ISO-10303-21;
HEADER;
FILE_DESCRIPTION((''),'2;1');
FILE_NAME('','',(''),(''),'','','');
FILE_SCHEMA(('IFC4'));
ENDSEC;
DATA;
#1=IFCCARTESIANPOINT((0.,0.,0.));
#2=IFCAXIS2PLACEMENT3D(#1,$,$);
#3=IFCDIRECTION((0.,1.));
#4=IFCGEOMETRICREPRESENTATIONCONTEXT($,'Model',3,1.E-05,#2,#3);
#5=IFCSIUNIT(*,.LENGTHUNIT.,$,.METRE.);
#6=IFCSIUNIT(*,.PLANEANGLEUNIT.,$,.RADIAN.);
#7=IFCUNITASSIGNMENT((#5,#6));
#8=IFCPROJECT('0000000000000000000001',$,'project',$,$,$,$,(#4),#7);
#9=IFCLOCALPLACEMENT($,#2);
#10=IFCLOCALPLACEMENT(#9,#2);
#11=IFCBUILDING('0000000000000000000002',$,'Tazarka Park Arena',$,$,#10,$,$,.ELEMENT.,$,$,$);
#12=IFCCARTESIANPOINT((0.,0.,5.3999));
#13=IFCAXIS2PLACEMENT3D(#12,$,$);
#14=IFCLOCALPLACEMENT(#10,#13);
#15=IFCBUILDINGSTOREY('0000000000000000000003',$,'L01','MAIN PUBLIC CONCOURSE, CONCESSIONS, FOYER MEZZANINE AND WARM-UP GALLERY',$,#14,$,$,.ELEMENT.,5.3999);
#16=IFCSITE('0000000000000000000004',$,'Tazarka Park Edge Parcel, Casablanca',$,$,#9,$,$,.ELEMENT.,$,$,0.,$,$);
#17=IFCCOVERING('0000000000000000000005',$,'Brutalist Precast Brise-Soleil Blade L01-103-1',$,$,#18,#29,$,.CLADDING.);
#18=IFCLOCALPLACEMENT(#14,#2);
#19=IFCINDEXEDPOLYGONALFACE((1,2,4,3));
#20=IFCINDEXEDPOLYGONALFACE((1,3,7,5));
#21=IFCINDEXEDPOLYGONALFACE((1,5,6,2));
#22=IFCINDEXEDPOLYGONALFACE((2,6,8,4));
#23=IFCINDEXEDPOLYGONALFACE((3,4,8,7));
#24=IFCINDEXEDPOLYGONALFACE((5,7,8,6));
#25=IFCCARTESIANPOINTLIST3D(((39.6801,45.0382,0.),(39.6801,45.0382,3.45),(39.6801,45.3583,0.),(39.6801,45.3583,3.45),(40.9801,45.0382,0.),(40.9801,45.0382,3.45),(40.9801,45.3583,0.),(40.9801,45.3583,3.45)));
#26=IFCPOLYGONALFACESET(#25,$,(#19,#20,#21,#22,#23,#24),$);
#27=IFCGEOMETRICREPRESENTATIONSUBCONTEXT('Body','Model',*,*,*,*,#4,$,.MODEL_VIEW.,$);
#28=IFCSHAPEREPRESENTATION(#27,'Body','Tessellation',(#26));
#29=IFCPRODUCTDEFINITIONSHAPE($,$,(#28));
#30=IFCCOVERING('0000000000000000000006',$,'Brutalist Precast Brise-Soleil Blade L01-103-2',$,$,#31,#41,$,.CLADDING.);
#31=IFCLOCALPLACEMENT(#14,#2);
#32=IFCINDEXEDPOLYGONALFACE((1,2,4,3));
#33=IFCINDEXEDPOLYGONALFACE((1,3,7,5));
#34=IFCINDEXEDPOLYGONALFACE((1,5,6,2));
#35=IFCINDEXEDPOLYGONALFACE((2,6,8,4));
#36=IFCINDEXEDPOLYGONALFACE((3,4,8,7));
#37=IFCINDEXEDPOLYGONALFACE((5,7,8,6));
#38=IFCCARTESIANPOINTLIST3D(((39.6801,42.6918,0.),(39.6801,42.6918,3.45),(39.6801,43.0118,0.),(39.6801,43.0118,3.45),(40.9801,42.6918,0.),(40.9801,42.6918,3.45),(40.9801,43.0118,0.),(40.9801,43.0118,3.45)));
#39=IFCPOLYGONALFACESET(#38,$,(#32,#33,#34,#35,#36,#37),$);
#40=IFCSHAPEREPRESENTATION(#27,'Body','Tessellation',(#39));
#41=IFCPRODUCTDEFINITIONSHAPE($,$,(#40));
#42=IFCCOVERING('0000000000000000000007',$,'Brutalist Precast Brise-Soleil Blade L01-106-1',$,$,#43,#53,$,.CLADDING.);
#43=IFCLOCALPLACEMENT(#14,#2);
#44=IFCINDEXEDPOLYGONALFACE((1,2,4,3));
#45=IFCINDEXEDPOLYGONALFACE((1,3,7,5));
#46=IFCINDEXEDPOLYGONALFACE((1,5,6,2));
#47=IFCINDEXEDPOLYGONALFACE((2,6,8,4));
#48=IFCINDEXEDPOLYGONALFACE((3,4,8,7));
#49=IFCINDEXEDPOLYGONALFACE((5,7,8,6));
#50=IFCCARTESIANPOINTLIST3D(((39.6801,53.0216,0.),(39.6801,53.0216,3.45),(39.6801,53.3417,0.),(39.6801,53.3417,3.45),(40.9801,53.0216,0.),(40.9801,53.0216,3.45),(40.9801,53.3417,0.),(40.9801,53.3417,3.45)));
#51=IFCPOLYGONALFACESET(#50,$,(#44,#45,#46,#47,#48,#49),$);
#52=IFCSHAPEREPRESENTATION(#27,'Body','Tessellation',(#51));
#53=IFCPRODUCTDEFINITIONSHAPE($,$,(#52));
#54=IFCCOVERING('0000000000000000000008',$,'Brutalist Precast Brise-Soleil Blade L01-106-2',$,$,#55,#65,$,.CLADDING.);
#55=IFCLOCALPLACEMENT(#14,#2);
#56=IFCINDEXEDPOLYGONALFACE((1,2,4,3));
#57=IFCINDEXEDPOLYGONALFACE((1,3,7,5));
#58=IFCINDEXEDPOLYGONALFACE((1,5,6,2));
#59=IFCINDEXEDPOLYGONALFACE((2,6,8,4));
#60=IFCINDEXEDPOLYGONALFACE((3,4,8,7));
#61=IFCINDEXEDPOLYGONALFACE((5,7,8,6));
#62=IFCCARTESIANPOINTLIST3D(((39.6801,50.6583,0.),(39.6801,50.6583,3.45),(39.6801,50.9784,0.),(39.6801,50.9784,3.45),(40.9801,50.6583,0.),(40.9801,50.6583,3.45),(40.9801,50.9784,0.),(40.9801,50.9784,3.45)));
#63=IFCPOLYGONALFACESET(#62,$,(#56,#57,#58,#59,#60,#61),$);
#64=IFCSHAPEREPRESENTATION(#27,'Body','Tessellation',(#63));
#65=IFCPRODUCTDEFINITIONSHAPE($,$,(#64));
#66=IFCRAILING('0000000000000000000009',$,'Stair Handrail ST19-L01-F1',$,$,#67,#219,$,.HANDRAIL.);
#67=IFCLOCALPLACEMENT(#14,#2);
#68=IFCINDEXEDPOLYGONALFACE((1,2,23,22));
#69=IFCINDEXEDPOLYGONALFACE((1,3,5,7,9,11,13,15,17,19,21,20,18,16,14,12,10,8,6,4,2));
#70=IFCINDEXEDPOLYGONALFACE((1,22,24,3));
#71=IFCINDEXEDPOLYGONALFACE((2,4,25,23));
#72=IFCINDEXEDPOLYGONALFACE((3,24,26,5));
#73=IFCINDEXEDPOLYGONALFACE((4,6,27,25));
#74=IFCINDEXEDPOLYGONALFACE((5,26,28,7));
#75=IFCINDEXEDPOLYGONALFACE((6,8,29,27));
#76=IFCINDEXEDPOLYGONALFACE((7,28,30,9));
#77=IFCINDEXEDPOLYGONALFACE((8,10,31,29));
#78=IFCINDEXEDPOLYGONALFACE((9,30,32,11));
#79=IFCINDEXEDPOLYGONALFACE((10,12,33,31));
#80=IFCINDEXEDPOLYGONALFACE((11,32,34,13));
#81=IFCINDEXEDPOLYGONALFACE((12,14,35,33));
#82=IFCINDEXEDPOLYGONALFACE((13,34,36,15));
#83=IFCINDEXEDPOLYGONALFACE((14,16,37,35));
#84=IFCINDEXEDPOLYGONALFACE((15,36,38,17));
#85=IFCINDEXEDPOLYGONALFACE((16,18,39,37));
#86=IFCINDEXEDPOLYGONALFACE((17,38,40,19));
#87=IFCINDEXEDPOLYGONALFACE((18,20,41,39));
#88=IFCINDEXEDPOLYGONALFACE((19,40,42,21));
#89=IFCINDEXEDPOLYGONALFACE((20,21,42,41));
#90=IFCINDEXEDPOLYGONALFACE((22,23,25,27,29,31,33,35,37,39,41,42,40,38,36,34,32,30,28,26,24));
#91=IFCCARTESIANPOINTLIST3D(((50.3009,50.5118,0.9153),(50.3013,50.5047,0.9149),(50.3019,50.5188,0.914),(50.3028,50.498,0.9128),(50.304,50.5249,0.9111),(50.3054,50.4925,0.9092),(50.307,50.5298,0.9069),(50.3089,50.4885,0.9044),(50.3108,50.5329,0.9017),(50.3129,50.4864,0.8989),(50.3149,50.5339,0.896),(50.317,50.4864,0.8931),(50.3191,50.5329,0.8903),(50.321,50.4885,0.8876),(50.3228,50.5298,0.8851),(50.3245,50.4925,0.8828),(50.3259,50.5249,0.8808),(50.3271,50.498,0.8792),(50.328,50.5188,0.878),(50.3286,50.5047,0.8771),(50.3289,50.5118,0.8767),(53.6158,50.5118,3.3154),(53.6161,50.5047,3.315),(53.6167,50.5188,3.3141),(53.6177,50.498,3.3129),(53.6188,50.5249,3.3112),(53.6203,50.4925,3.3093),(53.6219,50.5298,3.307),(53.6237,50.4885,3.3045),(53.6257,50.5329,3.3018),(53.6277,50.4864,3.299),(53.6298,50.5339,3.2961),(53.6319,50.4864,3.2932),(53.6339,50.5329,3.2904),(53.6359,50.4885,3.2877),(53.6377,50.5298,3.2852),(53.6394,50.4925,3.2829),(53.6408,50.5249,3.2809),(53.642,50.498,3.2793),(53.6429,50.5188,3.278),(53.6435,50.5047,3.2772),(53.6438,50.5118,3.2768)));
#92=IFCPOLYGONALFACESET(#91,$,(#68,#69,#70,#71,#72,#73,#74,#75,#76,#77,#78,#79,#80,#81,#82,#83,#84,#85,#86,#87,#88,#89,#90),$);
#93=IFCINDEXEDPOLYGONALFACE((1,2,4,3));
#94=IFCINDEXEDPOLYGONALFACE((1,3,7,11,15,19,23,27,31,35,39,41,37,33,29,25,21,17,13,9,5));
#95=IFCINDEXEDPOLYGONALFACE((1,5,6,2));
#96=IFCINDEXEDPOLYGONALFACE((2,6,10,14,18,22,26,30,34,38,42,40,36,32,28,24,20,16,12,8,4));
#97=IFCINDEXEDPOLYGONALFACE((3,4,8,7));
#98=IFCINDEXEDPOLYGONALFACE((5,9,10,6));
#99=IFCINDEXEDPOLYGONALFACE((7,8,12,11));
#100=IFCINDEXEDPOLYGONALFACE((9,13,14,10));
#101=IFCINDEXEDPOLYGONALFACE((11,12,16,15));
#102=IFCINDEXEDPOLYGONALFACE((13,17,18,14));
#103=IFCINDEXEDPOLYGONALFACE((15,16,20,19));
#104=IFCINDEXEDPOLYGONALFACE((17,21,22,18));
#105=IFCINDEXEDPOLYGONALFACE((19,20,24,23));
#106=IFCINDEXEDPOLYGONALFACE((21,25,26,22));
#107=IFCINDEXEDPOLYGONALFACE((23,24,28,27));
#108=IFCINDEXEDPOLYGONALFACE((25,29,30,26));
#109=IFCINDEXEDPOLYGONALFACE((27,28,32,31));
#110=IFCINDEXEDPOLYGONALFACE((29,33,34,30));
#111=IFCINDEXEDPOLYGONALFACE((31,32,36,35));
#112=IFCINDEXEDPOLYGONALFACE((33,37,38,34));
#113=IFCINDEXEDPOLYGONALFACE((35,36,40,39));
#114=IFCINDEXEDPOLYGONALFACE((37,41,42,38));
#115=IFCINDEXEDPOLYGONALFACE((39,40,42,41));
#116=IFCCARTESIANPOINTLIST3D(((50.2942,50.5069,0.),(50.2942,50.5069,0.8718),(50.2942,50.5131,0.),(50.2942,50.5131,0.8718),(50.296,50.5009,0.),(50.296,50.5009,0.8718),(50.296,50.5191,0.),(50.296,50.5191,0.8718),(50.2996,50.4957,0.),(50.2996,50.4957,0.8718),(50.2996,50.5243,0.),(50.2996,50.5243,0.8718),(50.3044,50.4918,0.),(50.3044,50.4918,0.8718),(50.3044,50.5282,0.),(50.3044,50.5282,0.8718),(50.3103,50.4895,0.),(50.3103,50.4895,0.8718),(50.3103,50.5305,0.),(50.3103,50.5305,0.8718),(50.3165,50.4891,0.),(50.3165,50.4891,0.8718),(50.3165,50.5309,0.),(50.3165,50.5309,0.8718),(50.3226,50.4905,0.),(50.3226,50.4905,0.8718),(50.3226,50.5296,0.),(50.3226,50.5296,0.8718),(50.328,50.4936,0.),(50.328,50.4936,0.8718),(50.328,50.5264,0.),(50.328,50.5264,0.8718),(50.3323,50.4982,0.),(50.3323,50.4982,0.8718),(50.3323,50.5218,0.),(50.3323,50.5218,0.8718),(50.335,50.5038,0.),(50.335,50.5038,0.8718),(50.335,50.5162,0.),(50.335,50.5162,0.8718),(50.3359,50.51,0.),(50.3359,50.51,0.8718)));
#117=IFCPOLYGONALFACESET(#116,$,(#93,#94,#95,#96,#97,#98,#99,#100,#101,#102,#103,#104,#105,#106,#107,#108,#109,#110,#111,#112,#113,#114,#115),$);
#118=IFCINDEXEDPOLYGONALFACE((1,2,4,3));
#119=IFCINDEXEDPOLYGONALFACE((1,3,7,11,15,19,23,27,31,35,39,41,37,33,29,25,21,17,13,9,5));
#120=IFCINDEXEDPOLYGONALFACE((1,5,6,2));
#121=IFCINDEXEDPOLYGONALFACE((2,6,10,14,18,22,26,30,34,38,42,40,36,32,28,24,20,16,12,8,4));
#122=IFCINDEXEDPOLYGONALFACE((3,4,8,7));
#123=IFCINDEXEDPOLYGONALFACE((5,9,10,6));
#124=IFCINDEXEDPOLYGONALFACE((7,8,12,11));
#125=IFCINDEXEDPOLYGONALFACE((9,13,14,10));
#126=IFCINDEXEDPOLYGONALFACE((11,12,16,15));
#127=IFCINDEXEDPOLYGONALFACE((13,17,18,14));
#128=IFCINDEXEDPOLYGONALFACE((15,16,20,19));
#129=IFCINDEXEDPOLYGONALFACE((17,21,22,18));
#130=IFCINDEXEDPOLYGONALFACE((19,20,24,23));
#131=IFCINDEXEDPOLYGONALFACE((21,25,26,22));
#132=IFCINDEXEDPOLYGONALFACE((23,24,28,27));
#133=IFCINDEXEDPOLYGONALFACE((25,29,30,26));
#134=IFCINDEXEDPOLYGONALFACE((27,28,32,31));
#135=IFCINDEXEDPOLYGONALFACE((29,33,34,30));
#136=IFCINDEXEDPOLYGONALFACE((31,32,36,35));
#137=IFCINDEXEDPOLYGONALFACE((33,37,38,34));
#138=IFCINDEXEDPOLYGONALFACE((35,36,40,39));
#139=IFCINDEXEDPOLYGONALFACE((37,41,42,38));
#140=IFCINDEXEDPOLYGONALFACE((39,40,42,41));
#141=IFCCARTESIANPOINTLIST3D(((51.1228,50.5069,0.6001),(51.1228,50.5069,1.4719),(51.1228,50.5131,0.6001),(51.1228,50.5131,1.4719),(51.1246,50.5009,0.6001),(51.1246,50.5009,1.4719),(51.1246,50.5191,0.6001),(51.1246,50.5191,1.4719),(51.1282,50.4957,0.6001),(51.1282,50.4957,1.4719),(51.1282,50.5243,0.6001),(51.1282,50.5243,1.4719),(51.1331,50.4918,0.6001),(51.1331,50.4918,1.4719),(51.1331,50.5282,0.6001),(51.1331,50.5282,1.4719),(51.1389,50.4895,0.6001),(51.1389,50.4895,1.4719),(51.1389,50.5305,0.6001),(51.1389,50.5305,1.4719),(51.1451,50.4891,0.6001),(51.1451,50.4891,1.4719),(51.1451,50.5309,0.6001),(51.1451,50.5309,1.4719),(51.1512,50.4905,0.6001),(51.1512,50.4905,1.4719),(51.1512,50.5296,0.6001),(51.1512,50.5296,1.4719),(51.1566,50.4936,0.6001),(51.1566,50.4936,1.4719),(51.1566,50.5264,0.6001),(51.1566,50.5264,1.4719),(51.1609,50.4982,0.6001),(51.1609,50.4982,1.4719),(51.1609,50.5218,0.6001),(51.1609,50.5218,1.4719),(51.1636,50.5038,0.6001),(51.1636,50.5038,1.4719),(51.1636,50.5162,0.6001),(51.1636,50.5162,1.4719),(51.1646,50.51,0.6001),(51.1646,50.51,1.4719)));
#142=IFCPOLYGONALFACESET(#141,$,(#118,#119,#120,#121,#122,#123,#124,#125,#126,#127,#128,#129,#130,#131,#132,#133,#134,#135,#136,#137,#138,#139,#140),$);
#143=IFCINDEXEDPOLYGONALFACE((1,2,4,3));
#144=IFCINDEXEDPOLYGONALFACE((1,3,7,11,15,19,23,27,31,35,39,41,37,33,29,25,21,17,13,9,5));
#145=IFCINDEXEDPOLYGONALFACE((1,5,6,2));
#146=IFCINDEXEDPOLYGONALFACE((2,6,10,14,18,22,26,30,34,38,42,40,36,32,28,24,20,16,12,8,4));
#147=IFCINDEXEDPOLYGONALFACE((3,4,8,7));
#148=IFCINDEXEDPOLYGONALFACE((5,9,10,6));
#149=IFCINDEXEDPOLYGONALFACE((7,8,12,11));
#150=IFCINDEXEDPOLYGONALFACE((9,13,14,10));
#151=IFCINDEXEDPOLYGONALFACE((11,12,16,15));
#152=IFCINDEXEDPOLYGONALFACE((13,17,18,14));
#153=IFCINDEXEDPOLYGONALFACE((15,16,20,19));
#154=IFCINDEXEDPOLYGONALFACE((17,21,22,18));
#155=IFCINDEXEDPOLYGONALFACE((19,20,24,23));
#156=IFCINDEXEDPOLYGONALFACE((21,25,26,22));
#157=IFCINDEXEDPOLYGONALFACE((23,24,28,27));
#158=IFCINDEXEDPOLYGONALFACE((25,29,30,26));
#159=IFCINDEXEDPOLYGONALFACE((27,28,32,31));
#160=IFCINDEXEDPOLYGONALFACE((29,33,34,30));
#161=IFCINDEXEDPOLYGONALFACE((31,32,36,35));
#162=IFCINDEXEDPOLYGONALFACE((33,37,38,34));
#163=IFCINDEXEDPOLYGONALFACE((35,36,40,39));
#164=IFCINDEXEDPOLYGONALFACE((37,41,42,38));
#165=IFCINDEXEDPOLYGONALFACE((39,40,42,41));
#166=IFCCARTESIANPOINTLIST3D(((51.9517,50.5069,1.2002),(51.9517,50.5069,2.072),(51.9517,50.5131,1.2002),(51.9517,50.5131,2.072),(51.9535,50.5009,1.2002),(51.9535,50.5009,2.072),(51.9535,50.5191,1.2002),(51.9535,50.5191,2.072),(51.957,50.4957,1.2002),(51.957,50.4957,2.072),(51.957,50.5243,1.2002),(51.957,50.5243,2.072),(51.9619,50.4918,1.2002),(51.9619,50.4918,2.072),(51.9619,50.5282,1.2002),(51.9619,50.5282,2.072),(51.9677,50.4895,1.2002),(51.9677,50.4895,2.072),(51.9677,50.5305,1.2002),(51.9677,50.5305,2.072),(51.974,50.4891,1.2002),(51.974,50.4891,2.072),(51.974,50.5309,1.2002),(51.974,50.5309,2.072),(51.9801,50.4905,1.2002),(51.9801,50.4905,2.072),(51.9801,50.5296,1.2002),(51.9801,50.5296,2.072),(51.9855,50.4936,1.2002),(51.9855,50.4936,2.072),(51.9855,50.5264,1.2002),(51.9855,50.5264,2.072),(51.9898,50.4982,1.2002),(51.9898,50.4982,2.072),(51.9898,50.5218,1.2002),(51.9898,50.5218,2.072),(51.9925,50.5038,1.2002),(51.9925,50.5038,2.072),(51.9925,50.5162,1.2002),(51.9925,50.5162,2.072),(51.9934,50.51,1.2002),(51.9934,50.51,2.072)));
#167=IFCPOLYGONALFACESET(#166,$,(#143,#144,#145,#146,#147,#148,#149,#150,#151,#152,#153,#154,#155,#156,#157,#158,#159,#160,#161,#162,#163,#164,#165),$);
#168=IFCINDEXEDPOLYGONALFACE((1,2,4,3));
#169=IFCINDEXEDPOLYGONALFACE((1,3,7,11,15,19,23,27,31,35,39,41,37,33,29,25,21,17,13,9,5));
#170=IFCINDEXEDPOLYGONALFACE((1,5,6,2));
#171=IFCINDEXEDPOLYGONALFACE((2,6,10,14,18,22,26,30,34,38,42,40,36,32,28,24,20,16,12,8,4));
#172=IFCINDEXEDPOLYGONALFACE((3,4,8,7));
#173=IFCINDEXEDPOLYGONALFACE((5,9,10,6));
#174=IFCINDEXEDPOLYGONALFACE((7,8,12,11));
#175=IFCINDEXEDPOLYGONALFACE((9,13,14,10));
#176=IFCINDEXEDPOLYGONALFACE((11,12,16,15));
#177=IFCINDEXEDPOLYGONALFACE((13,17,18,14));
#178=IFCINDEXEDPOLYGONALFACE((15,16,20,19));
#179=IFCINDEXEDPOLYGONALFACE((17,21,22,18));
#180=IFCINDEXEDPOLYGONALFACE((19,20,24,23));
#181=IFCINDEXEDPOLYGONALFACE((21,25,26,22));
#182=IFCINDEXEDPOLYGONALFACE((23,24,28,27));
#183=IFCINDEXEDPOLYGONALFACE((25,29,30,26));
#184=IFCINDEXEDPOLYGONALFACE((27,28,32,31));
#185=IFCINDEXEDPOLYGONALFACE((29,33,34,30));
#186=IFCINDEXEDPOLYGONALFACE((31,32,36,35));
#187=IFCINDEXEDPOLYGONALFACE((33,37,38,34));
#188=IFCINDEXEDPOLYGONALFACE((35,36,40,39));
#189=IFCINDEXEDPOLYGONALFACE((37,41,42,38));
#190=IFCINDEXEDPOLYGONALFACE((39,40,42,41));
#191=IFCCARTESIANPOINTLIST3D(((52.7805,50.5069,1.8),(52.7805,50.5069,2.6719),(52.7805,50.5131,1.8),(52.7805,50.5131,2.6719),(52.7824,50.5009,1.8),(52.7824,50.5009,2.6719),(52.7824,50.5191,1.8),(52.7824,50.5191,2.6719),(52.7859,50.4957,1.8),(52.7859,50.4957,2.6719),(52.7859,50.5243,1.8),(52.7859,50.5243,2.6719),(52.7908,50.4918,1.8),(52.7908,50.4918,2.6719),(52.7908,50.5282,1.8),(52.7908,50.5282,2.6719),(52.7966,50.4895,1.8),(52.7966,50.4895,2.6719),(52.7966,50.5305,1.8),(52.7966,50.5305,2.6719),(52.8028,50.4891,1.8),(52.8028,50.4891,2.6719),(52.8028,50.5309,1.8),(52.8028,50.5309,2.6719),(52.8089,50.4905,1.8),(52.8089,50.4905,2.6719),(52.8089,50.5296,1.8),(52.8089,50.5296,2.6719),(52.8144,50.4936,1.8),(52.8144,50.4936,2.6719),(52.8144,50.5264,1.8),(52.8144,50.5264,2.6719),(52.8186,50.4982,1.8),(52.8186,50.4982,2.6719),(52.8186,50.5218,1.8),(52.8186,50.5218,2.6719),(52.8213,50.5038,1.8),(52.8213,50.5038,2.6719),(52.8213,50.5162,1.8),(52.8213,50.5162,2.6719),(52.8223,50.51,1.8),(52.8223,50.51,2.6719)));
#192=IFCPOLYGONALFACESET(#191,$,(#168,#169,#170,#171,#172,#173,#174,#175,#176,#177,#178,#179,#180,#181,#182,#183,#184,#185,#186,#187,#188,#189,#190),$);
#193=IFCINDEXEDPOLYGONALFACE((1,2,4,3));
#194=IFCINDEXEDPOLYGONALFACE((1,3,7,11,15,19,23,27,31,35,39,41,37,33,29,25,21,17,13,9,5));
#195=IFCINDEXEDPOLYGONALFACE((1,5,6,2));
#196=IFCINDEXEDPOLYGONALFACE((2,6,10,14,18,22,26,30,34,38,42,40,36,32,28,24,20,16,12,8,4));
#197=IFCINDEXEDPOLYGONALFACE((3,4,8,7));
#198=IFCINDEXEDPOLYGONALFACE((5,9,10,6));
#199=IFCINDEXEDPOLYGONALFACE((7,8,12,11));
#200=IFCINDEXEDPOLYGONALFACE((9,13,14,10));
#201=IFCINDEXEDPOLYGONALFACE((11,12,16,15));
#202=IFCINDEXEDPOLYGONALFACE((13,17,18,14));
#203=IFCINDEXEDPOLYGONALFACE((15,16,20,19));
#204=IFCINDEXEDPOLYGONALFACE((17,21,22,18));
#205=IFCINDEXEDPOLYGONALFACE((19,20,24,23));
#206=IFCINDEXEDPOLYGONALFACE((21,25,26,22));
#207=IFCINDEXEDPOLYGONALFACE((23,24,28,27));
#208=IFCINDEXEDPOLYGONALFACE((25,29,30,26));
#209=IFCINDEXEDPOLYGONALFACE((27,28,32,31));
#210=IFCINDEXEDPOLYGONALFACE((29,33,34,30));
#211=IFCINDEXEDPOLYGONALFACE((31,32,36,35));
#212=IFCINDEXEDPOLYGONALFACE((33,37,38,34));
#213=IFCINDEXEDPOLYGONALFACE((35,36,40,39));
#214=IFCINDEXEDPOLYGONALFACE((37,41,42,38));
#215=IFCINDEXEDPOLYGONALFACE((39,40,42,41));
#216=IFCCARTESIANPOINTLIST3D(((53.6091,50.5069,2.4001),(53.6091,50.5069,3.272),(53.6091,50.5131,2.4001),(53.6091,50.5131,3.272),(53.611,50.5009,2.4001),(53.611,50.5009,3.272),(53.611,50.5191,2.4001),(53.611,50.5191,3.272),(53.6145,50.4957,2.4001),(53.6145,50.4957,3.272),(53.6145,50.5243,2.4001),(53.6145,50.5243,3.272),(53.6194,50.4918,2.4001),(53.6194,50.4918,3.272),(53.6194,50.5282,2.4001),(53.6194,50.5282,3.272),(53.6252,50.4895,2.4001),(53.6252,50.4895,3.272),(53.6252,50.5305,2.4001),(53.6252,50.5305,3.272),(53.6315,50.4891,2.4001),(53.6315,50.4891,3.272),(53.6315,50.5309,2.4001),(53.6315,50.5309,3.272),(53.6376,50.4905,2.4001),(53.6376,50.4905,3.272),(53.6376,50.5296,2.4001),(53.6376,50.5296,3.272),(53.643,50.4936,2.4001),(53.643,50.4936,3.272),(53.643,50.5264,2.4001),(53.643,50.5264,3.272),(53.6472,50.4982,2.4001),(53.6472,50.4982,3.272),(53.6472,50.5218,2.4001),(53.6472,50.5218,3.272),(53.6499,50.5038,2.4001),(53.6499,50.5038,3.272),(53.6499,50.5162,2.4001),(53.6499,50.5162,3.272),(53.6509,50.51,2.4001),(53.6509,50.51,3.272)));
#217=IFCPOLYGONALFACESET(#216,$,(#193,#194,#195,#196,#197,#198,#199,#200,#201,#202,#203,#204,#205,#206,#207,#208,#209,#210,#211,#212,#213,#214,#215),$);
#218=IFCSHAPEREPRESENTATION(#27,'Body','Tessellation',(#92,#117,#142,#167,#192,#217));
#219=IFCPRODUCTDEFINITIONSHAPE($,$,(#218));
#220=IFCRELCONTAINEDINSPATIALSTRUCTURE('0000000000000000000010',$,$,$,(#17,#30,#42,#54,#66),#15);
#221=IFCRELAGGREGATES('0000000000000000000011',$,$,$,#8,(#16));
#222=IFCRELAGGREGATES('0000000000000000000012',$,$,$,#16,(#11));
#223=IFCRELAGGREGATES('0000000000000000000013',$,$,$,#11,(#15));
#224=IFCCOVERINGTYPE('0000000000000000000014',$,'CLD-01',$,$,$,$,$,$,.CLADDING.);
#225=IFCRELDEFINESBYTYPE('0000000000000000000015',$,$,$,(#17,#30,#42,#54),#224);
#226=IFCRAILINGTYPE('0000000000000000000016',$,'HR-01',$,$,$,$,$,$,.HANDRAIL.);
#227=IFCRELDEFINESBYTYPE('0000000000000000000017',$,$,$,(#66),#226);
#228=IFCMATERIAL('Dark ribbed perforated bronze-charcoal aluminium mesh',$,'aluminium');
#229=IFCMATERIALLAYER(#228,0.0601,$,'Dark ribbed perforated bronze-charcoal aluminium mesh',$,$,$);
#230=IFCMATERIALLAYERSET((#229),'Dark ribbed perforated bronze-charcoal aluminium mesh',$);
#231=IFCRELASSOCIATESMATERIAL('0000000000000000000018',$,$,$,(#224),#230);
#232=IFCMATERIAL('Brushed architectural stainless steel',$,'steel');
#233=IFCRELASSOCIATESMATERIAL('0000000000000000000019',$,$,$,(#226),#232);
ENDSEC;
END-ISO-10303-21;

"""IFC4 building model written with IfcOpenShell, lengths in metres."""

from ifc_helpers import new_model, si_unit, direction, frame, origin, origin_2d, place, context, subcontext, project, spatial, rectangle, circle, extrude, material, layer, layer_set, type_object, element, save


model = new_model("IFC4")

# Units and contexts
model_context = context("Model", 3, precision=1e-05, world=origin(), true_north=direction((0.0, 1.0)))
body_context = subcontext(model_context, "Body", "Model", "MODEL_VIEW")
ifc_project = project(units=[si_unit("LENGTHUNIT", "METRE"), si_unit("PLANEANGLEUNIT", "RADIAN")], contexts=[model_context])

# Site, building, storey
site_placement = place(None, origin())
site = spatial("IfcSite", under=ifc_project, at=site_placement, Name="Tazarka Park Edge Parcel, Casablanca", CompositionType="ELEMENT", RefElevation=0.0)
building_placement = place(site_placement, origin())
building = spatial("IfcBuilding", under=site, at=building_placement, Name="Tazarka Park Arena", CompositionType="ELEMENT")
storey_placement = place(building_placement, frame((0.0, 0.0, 5.3999)))
storey = spatial("IfcBuildingStorey", under=building, at=storey_placement, Name="L01", Description="MAIN PUBLIC CONCOURSE, CONCESSIONS, FOYER MEZZANINE AND WARM-UP GALLERY", CompositionType="ELEMENT", Elevation=5.3999)

# Coverings
ifc_material_1 = material(Name="Dark ribbed perforated bronze-charcoal aluminium mesh", Category="aluminium")
ifc_layer_1 = layer(ifc_material_1, 0.0601, Name="Dark ribbed perforated bronze-charcoal aluminium mesh")
ifc_layer_set_1 = layer_set([ifc_layer_1], Name="Dark ribbed perforated bronze-charcoal aluminium mesh")
covering_type = type_object("IfcCoveringType", Name="CLD-01", PredefinedType="CLADDING", material=ifc_layer_set_1)
for number, where, z_axis, x_axis, name in (
    (1, (40.3301, 45.1982, 0.0), (0.0, 0.0, 1.0), (0.0, -1.0, 0.0), "Brutalist Precast Brise-Soleil Blade L01-103-1"),
    (2, (40.3301, 42.8518, 0.0), (0.0, 0.0, 1.0), (0.0, -1.0, 0.0), "Brutalist Precast Brise-Soleil Blade L01-103-2"),
    (3, (40.3301, 53.1816, 0.0), (0.0, 0.0, 1.0), (0.0, -1.0, 0.0), "Brutalist Precast Brise-Soleil Blade L01-106-1"),
    (4, (40.3301, 50.8184, 0.0), (0.0, 0.0, 1.0), (0.0, -1.0, 0.0), "Brutalist Precast Brise-Soleil Blade L01-106-2"),
):
    element("IfcCovering", number, at=place(storey_placement, frame(where, z_axis=z_axis, x_axis=x_axis)), inside=storey, type_object=covering_type, Name=name, PredefinedType="CLADDING", context=body_context, shape_type="SweptSolid", body=[
        extrude(rectangle(XDim=0.3201, YDim=1.3, at=origin_2d()), origin(), (0.0, 0.0, 1.0), 3.45),
    ])

# Railing
ifc_material_2 = material(Name="Brushed architectural stainless steel", Category="steel")
railing_type_1 = type_object("IfcRailingType", Name="HR-01", PredefinedType="HANDRAIL", material=ifc_material_2)
railing_1_placement = place(storey_placement, frame((50.3149, 50.51, 0.0)))
element("IfcRailing", 5, at=railing_1_placement, inside=storey, type_object=railing_type_1, Name="Stair Handrail ST19-L01-F1", PredefinedType="HANDRAIL", context=body_context, shape_type="SweptSolid", body=[
    extrude(circle(Radius=0.0239, at=origin_2d()), frame((0.0, 0.0, 0.896), z_axis=(0.80998, 0.0, 0.586457), x_axis=(0.0, 1.0, 0.0)), (0.0, 0.0, 1.0), 4.0925),
    extrude(circle(Radius=0.021, at=origin_2d()), origin(), (0.0, 0.0, 1.0), 0.8718),
    extrude(circle(Radius=0.021, at=origin_2d()), frame((0.8286, 0.0, 0.6001)), (0.0, 0.0, 1.0), 0.8718),
    extrude(circle(Radius=0.021, at=origin_2d()), frame((1.6575, 0.0, 1.2002)), (0.0, 0.0, 1.0), 0.8718),
    extrude(circle(Radius=0.021, at=origin_2d()), frame((2.4863, 0.0, 1.8)), (0.0, 0.0, 1.0), 0.8718),
    extrude(circle(Radius=0.021, at=origin_2d()), frame((3.3149, 0.0, 2.4001)), (0.0, 0.0, 1.0), 0.8718),
])

save(model, "model.ifc")
